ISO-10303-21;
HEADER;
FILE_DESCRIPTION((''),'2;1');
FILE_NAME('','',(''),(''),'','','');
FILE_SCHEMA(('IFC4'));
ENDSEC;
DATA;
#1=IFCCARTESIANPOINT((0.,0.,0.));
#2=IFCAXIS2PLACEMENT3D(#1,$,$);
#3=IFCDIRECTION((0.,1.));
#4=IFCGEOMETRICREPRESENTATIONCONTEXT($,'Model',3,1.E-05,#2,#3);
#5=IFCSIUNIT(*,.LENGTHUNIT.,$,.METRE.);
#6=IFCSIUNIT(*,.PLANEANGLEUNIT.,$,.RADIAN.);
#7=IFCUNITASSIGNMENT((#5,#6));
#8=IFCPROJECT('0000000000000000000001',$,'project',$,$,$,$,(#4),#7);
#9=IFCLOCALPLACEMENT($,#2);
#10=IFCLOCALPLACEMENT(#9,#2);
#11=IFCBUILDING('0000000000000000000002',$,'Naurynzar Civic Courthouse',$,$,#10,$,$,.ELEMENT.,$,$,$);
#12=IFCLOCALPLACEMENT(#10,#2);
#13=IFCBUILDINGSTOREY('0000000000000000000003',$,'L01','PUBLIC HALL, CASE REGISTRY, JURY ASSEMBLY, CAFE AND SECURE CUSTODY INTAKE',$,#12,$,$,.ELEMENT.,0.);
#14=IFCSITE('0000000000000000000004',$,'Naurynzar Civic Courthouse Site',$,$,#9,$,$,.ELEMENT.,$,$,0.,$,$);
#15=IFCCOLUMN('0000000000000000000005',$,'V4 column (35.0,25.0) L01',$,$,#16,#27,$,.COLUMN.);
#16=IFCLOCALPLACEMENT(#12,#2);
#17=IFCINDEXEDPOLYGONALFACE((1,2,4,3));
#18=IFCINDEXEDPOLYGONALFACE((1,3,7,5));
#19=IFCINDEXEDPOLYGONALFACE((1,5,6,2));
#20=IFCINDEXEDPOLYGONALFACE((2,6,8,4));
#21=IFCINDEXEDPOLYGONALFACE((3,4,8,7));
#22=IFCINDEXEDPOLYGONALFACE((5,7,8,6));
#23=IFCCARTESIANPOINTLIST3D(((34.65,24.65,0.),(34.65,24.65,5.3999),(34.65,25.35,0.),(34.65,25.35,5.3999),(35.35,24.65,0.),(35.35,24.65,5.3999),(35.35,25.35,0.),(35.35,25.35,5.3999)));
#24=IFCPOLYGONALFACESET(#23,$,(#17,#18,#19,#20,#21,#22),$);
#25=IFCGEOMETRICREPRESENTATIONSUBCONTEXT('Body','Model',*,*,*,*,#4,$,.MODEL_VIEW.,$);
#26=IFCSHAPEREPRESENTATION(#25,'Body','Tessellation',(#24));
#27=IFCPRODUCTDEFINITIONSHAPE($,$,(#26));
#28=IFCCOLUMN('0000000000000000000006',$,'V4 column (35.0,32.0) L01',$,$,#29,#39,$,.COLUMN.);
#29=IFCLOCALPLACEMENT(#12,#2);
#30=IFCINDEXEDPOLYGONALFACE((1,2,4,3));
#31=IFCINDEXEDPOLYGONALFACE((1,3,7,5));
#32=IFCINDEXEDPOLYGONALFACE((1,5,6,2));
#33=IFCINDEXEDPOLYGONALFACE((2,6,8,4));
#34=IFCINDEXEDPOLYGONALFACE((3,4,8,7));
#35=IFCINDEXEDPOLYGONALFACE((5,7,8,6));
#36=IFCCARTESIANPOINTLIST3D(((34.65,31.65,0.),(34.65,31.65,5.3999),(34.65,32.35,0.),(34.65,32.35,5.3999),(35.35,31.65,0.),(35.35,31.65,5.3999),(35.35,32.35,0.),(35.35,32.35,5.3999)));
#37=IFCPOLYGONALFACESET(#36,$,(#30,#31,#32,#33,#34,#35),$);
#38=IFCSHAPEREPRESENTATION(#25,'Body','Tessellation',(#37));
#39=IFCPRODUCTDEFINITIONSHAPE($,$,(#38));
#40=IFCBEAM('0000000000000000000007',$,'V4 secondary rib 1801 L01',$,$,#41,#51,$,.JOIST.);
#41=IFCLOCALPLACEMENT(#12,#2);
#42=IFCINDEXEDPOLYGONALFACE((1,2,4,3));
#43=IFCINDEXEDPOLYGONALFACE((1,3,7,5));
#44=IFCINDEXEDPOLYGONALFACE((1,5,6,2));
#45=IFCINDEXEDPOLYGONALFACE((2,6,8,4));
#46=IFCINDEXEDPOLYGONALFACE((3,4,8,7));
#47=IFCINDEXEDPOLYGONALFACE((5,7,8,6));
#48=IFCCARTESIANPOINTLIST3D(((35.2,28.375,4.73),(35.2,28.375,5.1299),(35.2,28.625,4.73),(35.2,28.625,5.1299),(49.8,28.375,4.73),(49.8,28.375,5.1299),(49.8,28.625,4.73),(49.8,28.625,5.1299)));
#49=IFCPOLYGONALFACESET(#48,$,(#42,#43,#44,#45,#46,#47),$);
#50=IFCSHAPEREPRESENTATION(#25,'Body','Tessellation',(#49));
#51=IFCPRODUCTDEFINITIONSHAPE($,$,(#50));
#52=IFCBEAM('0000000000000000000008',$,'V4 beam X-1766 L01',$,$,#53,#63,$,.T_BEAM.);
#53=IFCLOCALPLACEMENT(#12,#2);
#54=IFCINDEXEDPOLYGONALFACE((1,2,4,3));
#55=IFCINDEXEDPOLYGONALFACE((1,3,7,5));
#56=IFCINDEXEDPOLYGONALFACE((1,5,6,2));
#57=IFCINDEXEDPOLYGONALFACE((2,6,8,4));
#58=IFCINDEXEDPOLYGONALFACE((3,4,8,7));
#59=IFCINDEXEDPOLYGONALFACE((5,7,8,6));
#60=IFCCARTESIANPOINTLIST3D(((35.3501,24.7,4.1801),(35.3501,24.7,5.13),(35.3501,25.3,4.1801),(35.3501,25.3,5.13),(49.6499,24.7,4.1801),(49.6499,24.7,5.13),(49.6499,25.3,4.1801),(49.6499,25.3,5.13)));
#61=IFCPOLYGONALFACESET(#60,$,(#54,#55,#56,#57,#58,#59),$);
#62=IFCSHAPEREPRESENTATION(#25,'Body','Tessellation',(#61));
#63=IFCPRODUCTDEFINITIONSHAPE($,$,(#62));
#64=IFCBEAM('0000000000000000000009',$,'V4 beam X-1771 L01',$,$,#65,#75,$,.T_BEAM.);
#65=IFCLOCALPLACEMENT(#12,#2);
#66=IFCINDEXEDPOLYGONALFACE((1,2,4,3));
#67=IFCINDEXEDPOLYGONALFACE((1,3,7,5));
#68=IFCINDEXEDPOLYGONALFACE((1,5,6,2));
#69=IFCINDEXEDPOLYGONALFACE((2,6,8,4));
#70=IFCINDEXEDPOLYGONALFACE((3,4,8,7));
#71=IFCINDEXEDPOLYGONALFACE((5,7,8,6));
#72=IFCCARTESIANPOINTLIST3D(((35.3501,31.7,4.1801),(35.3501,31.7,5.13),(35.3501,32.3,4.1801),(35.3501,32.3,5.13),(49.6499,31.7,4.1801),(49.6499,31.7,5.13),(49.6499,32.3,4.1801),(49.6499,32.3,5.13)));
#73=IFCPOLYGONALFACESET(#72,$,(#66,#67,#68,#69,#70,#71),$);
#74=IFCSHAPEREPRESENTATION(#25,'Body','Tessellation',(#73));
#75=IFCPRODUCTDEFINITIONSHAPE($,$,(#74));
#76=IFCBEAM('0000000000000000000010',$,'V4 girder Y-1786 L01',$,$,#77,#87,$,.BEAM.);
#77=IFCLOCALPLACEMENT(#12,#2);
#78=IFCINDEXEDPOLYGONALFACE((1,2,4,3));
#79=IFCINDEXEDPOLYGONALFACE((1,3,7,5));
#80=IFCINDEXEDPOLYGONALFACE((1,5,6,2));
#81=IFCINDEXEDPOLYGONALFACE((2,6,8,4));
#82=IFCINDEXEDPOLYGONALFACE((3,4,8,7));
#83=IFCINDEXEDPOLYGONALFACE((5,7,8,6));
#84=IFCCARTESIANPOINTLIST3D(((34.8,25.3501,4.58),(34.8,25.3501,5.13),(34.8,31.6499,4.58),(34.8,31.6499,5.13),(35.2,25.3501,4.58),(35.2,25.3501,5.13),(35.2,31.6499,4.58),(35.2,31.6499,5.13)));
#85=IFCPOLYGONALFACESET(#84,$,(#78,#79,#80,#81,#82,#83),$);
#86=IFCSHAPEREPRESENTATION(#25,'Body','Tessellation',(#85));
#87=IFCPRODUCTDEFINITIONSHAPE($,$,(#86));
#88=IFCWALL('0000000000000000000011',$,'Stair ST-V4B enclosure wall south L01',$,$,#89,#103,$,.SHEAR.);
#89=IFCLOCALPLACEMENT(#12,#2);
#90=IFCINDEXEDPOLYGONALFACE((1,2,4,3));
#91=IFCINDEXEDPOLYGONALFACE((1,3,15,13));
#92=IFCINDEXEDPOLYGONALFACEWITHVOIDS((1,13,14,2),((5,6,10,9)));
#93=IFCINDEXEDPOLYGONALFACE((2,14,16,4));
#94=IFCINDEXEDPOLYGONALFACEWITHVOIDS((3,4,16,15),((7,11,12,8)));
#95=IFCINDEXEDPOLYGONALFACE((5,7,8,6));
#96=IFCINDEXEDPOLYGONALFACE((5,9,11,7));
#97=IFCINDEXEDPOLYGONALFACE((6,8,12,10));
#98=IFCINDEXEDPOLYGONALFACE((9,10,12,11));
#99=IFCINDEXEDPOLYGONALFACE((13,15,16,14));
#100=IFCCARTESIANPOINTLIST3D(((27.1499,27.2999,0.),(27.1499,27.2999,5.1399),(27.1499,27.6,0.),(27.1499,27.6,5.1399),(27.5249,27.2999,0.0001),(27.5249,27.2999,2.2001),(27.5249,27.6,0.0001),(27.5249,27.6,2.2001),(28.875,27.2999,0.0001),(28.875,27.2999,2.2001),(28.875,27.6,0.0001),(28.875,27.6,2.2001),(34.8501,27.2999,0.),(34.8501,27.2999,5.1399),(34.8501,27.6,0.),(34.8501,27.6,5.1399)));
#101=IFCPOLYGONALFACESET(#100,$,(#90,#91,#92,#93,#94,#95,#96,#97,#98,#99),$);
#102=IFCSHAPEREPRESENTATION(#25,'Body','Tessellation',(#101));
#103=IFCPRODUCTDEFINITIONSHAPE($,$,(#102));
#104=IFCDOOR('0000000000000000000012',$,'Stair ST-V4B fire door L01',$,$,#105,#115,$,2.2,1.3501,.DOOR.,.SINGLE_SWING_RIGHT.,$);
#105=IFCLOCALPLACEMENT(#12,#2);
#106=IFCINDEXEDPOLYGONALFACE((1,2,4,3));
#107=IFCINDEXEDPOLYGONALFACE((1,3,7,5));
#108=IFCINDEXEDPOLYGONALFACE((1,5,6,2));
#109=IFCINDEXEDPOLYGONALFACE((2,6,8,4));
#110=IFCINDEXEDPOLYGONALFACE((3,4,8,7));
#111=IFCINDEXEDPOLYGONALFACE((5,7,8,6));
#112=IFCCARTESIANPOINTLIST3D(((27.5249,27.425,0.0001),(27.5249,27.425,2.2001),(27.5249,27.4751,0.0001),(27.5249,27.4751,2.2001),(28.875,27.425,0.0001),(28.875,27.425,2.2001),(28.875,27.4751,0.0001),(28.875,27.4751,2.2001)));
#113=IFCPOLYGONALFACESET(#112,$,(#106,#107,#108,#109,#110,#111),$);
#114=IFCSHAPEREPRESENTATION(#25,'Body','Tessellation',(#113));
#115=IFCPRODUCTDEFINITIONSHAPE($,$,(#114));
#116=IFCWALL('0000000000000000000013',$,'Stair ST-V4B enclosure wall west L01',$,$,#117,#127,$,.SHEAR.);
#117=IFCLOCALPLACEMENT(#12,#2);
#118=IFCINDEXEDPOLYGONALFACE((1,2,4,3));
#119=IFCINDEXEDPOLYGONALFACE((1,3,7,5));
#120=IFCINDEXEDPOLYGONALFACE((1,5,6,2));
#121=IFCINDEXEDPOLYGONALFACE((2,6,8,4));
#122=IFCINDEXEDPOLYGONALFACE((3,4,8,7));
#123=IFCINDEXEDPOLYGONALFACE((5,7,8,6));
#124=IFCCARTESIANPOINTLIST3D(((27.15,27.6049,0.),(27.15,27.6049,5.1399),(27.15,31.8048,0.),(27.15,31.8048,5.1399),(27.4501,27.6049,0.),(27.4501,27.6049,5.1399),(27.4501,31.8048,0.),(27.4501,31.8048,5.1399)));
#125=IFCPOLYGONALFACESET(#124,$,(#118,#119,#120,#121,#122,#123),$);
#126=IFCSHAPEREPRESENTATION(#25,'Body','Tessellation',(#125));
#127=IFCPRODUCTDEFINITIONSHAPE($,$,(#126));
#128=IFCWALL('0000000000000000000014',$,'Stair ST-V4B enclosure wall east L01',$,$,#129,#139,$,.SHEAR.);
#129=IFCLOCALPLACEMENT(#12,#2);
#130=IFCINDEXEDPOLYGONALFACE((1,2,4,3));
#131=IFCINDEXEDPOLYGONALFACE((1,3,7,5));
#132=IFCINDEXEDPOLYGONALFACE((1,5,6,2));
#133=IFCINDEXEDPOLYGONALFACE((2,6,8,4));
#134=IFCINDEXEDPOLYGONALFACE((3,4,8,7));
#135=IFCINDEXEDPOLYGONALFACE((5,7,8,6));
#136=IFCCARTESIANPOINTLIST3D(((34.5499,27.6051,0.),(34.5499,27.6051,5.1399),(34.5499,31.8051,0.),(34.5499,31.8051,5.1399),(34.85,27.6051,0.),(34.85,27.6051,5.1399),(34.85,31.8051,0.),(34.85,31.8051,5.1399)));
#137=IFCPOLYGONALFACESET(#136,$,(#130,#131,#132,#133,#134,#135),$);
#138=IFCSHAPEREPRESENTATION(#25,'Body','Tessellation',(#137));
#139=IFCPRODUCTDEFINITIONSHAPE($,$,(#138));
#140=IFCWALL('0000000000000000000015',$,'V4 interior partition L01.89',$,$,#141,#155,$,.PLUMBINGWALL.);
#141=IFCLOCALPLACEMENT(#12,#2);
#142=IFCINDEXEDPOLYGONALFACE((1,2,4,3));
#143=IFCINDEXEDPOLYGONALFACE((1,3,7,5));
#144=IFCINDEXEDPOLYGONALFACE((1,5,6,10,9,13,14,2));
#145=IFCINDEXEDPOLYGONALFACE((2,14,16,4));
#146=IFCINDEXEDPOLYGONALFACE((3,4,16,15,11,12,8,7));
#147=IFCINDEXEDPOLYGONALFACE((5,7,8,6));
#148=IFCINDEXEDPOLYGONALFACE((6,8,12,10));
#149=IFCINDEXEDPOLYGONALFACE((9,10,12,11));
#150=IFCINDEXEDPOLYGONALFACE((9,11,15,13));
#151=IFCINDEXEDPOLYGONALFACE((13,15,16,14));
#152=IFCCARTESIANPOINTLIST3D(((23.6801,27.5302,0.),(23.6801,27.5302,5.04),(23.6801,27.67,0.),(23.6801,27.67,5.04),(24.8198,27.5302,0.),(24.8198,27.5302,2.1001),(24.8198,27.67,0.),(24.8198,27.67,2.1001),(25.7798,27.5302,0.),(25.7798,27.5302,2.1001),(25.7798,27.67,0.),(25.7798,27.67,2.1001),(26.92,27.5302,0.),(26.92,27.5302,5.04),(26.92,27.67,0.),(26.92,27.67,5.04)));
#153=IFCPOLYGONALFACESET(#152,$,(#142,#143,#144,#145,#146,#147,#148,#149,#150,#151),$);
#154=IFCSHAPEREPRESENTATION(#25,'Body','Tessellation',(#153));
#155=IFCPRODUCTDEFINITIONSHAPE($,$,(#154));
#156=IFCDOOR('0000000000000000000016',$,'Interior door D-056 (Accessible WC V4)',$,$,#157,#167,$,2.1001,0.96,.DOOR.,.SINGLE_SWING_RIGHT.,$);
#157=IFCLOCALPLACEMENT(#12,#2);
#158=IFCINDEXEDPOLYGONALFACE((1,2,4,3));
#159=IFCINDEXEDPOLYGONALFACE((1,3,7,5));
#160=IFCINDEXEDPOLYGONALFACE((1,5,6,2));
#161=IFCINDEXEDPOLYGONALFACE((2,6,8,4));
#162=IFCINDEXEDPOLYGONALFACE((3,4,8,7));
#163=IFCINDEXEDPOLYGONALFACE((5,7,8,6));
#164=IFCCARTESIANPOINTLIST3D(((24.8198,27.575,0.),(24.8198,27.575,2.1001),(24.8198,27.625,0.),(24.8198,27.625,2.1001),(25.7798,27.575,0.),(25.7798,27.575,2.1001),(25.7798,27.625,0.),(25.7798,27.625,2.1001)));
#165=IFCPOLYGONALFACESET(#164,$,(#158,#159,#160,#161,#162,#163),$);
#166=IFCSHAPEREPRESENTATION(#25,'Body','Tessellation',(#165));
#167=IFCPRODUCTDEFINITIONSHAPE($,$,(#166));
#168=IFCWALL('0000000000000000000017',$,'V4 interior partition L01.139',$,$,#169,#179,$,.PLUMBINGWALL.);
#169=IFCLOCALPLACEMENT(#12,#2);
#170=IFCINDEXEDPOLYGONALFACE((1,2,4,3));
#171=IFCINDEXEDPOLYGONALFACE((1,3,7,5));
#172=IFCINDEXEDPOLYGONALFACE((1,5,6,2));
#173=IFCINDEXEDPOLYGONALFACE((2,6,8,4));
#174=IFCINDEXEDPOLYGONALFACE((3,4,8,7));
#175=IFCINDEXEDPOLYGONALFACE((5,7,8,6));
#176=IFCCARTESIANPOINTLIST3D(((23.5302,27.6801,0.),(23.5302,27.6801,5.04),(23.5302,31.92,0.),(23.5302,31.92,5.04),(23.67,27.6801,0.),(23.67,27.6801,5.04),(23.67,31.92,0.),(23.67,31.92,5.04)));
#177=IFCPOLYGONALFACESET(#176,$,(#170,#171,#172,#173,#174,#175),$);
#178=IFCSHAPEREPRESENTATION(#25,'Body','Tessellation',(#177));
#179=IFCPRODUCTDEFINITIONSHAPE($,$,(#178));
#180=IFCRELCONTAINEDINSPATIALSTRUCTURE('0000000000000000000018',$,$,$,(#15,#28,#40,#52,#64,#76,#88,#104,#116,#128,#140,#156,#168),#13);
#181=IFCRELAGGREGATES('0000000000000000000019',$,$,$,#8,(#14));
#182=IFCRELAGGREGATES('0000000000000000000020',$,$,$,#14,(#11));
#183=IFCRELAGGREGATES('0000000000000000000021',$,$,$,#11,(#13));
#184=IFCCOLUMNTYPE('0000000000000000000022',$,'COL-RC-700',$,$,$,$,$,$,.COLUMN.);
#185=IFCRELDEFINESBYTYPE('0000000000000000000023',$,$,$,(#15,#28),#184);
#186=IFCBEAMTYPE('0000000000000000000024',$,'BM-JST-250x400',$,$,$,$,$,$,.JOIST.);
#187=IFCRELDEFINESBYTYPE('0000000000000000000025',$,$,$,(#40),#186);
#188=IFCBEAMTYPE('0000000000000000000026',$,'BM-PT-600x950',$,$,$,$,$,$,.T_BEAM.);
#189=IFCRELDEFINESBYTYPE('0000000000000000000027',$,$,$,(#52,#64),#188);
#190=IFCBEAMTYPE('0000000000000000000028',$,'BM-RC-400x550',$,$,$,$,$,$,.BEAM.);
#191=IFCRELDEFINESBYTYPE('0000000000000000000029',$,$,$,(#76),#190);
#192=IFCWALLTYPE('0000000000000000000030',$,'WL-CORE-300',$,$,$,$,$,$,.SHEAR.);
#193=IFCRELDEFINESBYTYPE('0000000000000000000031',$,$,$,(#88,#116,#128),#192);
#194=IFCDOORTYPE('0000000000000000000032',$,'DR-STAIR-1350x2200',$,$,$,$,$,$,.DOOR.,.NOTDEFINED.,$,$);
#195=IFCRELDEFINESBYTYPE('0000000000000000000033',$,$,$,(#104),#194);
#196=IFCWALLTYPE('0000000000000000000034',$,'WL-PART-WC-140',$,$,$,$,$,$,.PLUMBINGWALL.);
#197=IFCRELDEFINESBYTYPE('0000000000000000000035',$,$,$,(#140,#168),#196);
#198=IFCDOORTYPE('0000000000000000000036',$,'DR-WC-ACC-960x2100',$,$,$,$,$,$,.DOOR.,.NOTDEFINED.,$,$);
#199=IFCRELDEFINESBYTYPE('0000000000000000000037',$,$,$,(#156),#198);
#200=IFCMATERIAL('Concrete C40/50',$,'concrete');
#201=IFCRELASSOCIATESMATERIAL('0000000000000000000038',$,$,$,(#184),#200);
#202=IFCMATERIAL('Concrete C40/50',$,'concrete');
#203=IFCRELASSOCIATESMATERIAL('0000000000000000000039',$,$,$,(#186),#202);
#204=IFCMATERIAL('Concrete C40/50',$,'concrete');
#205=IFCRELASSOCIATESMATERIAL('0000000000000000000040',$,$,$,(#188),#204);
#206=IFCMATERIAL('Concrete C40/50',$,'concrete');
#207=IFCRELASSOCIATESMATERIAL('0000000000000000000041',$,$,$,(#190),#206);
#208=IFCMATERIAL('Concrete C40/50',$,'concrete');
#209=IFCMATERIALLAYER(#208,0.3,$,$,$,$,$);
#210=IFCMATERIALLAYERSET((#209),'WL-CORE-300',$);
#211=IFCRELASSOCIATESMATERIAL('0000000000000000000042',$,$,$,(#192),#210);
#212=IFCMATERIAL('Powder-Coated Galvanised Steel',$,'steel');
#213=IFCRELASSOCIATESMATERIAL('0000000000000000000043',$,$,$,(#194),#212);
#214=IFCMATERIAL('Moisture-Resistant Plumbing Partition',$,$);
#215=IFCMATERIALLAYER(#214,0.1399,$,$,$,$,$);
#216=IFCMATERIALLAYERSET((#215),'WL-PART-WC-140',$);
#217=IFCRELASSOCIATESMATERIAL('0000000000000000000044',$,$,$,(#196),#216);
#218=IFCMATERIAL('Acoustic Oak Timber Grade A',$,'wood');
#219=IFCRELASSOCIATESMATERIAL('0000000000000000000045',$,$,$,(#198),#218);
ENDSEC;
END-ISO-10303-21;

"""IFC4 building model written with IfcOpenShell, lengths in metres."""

from ifc_helpers import new_model, si_unit, direction, frame, frame_2d, origin, origin_2d, place, context, subcontext, project, spatial, rectangle, extrude, material, layer, layer_set, material_profile, profile_set, type_object, element, fill, save


model = new_model("IFC4")

# Units and contexts
model_context = context("Model", 3, precision=1e-05, world=origin(), true_north=direction((0.0, 1.0)))
body_context = subcontext(model_context, "Body", "Model", "MODEL_VIEW")
ifc_project = project(units=[si_unit("LENGTHUNIT", "METRE"), si_unit("PLANEANGLEUNIT", "RADIAN")], contexts=[model_context])

# Site, building, storey
site_placement = place(None, origin())
site = spatial("IfcSite", under=ifc_project, at=site_placement, Name="Naurynzar Civic Courthouse Site", CompositionType="ELEMENT", RefElevation=0.0)
building_placement = place(site_placement, origin())
building = spatial("IfcBuilding", under=site, at=building_placement, Name="Naurynzar Civic Courthouse", CompositionType="ELEMENT")
storey_placement = place(building_placement, origin())
storey = spatial("IfcBuildingStorey", under=building, at=storey_placement, Name="L01", Description="PUBLIC HALL, CASE REGISTRY, JURY ASSEMBLY, CAFE AND SECURE CUSTODY INTAKE", CompositionType="ELEMENT", Elevation=0.0)

# Columns
ifc_material_1 = material(Name="Concrete C40/50", Category="concrete")
ifc_material_profile_1 = material_profile(ifc_material_1, rectangle(XDim=0.7, YDim=0.7, at=origin_2d()), Name="RC 700x700")
ifc_profile_set_1 = profile_set([ifc_material_profile_1], Name="Concrete C40/50")
column_type = type_object("IfcColumnType", Name="COL-RC-700", PredefinedType="COLUMN", material=ifc_profile_set_1)
for number, where, z_axis, x_axis, name in (
    (1, (35.0, 25.0, 0.0), (0.0, 0.0, 1.0), (1.0, 0.0, 0.0), "V4 column (35.0,25.0) L01"),
    (2, (35.0, 32.0, 0.0), (0.0, 0.0, 1.0), (1.0, 0.0, 0.0), "V4 column (35.0,32.0) L01"),
):
    element("IfcColumn", number, at=place(storey_placement, frame(where, z_axis=z_axis, x_axis=x_axis)), inside=storey, type_object=column_type, Name=name, PredefinedType="COLUMN", context=body_context, shape_type="SweptSolid", body=[
        extrude(rectangle(XDim=0.7, YDim=0.7, at=origin_2d()), origin(), (0.0, 0.0, 1.0), 5.3999),
    ])

# Beams
ifc_material_2 = material(Name="Concrete C40/50", Category="concrete")
ifc_material_profile_2 = material_profile(ifc_material_2, rectangle(XDim=0.25, YDim=0.3999, at=origin_2d()), Name="RCB 250x400")
ifc_profile_set_2 = profile_set([ifc_material_profile_2], Name="Concrete C40/50")
beam_type_1 = type_object("IfcBeamType", Name="BM-JST-250x400", PredefinedType="JOIST", material=ifc_profile_set_2)
beam_1_placement = place(storey_placement, frame((35.2, 28.5, 4.9299), z_axis=(1.0, 0.0, 0.0), x_axis=(0.0, 1.0, 0.0)))
element("IfcBeam", 3, at=beam_1_placement, inside=storey, type_object=beam_type_1, Name="V4 secondary rib 1801 L01", PredefinedType="JOIST", context=body_context, shape_type="SweptSolid", body=[
    extrude(rectangle(XDim=0.25, YDim=0.3999, at=origin_2d()), origin(), (0.0, 0.0, 1.0), 14.6001),
])
ifc_material_3 = material(Name="Concrete C40/50", Category="concrete")
ifc_material_profile_3 = material_profile(ifc_material_3, rectangle(XDim=0.6001, YDim=0.95, at=origin_2d()), Name="PTB 600x950")
ifc_profile_set_3 = profile_set([ifc_material_profile_3], Name="Concrete C40/50")
beam_type_2 = type_object("IfcBeamType", Name="BM-PT-600x950", PredefinedType="T_BEAM", material=ifc_profile_set_3)
for number, where, z_axis, x_axis, name in (
    (4, (35.3501, 25.0, 4.655), (1.0, 0.0, 0.0), (0.0, 1.0, 0.0), "V4 beam X-1766 L01"),
    (5, (35.3501, 32.0, 4.655), (1.0, 0.0, 0.0), (0.0, 1.0, 0.0), "V4 beam X-1771 L01"),
):
    element("IfcBeam", number, at=place(storey_placement, frame(where, z_axis=z_axis, x_axis=x_axis)), inside=storey, type_object=beam_type_2, Name=name, PredefinedType="T_BEAM", context=body_context, shape_type="SweptSolid", body=[
        extrude(rectangle(XDim=0.6001, YDim=0.95, at=origin_2d()), origin(), (0.0, 0.0, 1.0), 14.2998),
    ])
ifc_material_4 = material(Name="Concrete C40/50", Category="concrete")
ifc_material_profile_4 = material_profile(ifc_material_4, rectangle(XDim=0.3999, YDim=0.55, at=origin_2d()), Name="RCB 400x550")
ifc_profile_set_4 = profile_set([ifc_material_profile_4], Name="Concrete C40/50")
beam_type_3 = type_object("IfcBeamType", Name="BM-RC-400x550", PredefinedType="BEAM", material=ifc_profile_set_4)
beam_2_placement = place(storey_placement, frame((35.0, 25.3501, 4.855), z_axis=(0.0, 1.0, 0.0), x_axis=(-1.0, 0.0, 0.0)))
element("IfcBeam", 6, at=beam_2_placement, inside=storey, type_object=beam_type_3, Name="V4 girder Y-1786 L01", PredefinedType="BEAM", context=body_context, shape_type="SweptSolid", body=[
    extrude(rectangle(XDim=0.3999, YDim=0.55, at=origin_2d()), origin(), (0.0, 0.0, 1.0), 6.2998),
])

# Wall, opening, door
ifc_material_5 = material(Name="Concrete C40/50", Category="concrete")
ifc_layer_1 = layer(ifc_material_5, 0.3)
ifc_layer_set_1 = layer_set([ifc_layer_1], Name="WL-CORE-300")
wall_type_1 = type_object("IfcWallType", Name="WL-CORE-300", PredefinedType="SHEAR", material=ifc_layer_set_1)
wall_1_placement = place(storey_placement, frame((34.8501, 27.45, 0.0), z_axis=(0.0, 0.0, 1.0), x_axis=(-1.0, 0.0, 0.0)))
wall_1 = element("IfcWall", 7, at=wall_1_placement, inside=storey, type_object=wall_type_1, Name="Stair ST-V4B enclosure wall south L01", PredefinedType="SHEAR", context=body_context, shape_type="SweptSolid", body=[
    extrude(rectangle(XDim=7.7002, YDim=0.3, at=frame_2d((3.8501, 0.0))), origin(), (0.0, 0.0, 1.0), 5.1399),
])
opening_1_placement = place(wall_1_placement, frame((5.9751, 0.0, 0.0)))
opening_1 = element("IfcOpeningElement", 8, at=opening_1_placement, cuts=wall_1, PredefinedType="OPENING", context=body_context, shape_type="SweptSolid", body=[
    extrude(rectangle(XDim=1.3501, YDim=2.2, at=frame_2d((0.675, 1.1001))), frame((0.0, 0.1599, 0.0), z_axis=(0.0, -1.0, 0.0), x_axis=(1.0, 0.0, 0.0)), (0.0, 0.0, 1.0), 0.3201),
])
ifc_material_6 = material(Name="Powder-Coated Galvanised Steel", Category="steel")
door_type_1 = type_object("IfcDoorType", Name="DR-STAIR-1350x2200", OperationType="NOTDEFINED", PredefinedType="DOOR", material=ifc_material_6)
door_1_placement = place(opening_1_placement, origin())
door_1 = element("IfcDoor", 9, at=door_1_placement, inside=storey, type_object=door_type_1, Name="Stair ST-V4B fire door L01", OperationType="SINGLE_SWING_RIGHT", OverallHeight=2.2, OverallWidth=1.3501, PredefinedType="DOOR", context=body_context, shape_type="SweptSolid", body=[
    extrude(rectangle(XDim=1.3501, YDim=2.2, at=frame_2d((0.675, 1.1001))), frame((0.0, 0.0249, 0.0), z_axis=(0.0, -1.0, 0.0), x_axis=(1.0, 0.0, 0.0)), (0.0, 0.0, 1.0), 0.05),
])
fill(opening_1, door_1)

# Walls
for number, where, z_axis, x_axis, name in (
    (10, (27.3, 31.8049, 0.0), (0.0, 0.0, 1.0), (0.0, -1.0, 0.0), "Stair ST-V4B enclosure wall west L01"),
    (11, (34.7, 27.605, 0.0), (0.0, 0.0, 1.0), (0.0, 1.0, 0.0), "Stair ST-V4B enclosure wall east L01"),
):
    element("IfcWall", number, at=place(storey_placement, frame(where, z_axis=z_axis, x_axis=x_axis)), inside=storey, type_object=wall_type_1, Name=name, PredefinedType="SHEAR", context=body_context, shape_type="SweptSolid", body=[
        extrude(rectangle(XDim=4.2, YDim=0.3, at=frame_2d((2.1001, 0.0))), origin(), (0.0, 0.0, 1.0), 5.1399),
    ])

# Wall, opening, door
ifc_material_7 = material(Name="Moisture-Resistant Plumbing Partition")
ifc_layer_2 = layer(ifc_material_7, 0.1399)
ifc_layer_set_2 = layer_set([ifc_layer_2], Name="WL-PART-WC-140")
wall_type_2 = type_object("IfcWallType", Name="WL-PART-WC-140", PredefinedType="PLUMBINGWALL", material=ifc_layer_set_2)
wall_2_placement = place(storey_placement, frame((23.6799, 27.6001, 0.0), z_axis=(0.0, 0.0, 1.0), x_axis=(1.0, 0.0, 0.0)))
wall_2 = element("IfcWall", 12, at=wall_2_placement, inside=storey, type_object=wall_type_2, Name="V4 interior partition L01.89", PredefinedType="PLUMBINGWALL", context=body_context, shape_type="SweptSolid", body=[
    extrude(rectangle(XDim=3.24, YDim=0.1399, at=frame_2d((1.6201, 0.0))), origin(), (0.0, 0.0, 1.0), 5.04),
])
opening_2_placement = place(wall_2_placement, frame((1.1399, 0.0, 0.0)))
opening_2 = element("IfcOpeningElement", 13, at=opening_2_placement, cuts=wall_2, PredefinedType="OPENING", context=body_context, shape_type="SweptSolid", body=[
    extrude(rectangle(XDim=0.96, YDim=2.1001, at=frame_2d((0.48, 1.05))), frame((0.0, 0.0798, 0.0), z_axis=(0.0, -1.0, 0.0), x_axis=(1.0, 0.0, 0.0)), (0.0, 0.0, 1.0), 0.1599),
])
ifc_material_8 = material(Name="Acoustic Oak Timber Grade A", Category="wood")
door_type_2 = type_object("IfcDoorType", Name="DR-WC-ACC-960x2100", OperationType="NOTDEFINED", PredefinedType="DOOR", material=ifc_material_8)
door_2_placement = place(opening_2_placement, origin())
door_2 = element("IfcDoor", 14, at=door_2_placement, inside=storey, type_object=door_type_2, Name="Interior door D-056 (Accessible WC V4)", OperationType="SINGLE_SWING_RIGHT", OverallHeight=2.1001, OverallWidth=0.96, PredefinedType="DOOR", context=body_context, shape_type="SweptSolid", body=[
    extrude(rectangle(XDim=0.96, YDim=2.1001, at=frame_2d((0.48, 1.05))), frame((0.0, 0.0249, 0.0), z_axis=(0.0, -1.0, 0.0), x_axis=(1.0, 0.0, 0.0)), (0.0, 0.0, 1.0), 0.05),
])
fill(opening_2, door_2)

# Wall
for number, where, z_axis, x_axis, name in (
    (15, (23.6001, 27.6799, 0.0), (0.0, 0.0, 1.0), (0.0, 1.0, 0.0), "V4 interior partition L01.139"),
):
    element("IfcWall", number, at=place(storey_placement, frame(where, z_axis=z_axis, x_axis=x_axis)), inside=storey, type_object=wall_type_2, Name=name, PredefinedType="PLUMBINGWALL", context=body_context, shape_type="SweptSolid", body=[
        extrude(rectangle(XDim=4.24, YDim=0.1399, at=frame_2d((2.1201, 0.0))), origin(), (0.0, 0.0, 1.0), 5.04),
    ])

save(model, "model.ifc")
